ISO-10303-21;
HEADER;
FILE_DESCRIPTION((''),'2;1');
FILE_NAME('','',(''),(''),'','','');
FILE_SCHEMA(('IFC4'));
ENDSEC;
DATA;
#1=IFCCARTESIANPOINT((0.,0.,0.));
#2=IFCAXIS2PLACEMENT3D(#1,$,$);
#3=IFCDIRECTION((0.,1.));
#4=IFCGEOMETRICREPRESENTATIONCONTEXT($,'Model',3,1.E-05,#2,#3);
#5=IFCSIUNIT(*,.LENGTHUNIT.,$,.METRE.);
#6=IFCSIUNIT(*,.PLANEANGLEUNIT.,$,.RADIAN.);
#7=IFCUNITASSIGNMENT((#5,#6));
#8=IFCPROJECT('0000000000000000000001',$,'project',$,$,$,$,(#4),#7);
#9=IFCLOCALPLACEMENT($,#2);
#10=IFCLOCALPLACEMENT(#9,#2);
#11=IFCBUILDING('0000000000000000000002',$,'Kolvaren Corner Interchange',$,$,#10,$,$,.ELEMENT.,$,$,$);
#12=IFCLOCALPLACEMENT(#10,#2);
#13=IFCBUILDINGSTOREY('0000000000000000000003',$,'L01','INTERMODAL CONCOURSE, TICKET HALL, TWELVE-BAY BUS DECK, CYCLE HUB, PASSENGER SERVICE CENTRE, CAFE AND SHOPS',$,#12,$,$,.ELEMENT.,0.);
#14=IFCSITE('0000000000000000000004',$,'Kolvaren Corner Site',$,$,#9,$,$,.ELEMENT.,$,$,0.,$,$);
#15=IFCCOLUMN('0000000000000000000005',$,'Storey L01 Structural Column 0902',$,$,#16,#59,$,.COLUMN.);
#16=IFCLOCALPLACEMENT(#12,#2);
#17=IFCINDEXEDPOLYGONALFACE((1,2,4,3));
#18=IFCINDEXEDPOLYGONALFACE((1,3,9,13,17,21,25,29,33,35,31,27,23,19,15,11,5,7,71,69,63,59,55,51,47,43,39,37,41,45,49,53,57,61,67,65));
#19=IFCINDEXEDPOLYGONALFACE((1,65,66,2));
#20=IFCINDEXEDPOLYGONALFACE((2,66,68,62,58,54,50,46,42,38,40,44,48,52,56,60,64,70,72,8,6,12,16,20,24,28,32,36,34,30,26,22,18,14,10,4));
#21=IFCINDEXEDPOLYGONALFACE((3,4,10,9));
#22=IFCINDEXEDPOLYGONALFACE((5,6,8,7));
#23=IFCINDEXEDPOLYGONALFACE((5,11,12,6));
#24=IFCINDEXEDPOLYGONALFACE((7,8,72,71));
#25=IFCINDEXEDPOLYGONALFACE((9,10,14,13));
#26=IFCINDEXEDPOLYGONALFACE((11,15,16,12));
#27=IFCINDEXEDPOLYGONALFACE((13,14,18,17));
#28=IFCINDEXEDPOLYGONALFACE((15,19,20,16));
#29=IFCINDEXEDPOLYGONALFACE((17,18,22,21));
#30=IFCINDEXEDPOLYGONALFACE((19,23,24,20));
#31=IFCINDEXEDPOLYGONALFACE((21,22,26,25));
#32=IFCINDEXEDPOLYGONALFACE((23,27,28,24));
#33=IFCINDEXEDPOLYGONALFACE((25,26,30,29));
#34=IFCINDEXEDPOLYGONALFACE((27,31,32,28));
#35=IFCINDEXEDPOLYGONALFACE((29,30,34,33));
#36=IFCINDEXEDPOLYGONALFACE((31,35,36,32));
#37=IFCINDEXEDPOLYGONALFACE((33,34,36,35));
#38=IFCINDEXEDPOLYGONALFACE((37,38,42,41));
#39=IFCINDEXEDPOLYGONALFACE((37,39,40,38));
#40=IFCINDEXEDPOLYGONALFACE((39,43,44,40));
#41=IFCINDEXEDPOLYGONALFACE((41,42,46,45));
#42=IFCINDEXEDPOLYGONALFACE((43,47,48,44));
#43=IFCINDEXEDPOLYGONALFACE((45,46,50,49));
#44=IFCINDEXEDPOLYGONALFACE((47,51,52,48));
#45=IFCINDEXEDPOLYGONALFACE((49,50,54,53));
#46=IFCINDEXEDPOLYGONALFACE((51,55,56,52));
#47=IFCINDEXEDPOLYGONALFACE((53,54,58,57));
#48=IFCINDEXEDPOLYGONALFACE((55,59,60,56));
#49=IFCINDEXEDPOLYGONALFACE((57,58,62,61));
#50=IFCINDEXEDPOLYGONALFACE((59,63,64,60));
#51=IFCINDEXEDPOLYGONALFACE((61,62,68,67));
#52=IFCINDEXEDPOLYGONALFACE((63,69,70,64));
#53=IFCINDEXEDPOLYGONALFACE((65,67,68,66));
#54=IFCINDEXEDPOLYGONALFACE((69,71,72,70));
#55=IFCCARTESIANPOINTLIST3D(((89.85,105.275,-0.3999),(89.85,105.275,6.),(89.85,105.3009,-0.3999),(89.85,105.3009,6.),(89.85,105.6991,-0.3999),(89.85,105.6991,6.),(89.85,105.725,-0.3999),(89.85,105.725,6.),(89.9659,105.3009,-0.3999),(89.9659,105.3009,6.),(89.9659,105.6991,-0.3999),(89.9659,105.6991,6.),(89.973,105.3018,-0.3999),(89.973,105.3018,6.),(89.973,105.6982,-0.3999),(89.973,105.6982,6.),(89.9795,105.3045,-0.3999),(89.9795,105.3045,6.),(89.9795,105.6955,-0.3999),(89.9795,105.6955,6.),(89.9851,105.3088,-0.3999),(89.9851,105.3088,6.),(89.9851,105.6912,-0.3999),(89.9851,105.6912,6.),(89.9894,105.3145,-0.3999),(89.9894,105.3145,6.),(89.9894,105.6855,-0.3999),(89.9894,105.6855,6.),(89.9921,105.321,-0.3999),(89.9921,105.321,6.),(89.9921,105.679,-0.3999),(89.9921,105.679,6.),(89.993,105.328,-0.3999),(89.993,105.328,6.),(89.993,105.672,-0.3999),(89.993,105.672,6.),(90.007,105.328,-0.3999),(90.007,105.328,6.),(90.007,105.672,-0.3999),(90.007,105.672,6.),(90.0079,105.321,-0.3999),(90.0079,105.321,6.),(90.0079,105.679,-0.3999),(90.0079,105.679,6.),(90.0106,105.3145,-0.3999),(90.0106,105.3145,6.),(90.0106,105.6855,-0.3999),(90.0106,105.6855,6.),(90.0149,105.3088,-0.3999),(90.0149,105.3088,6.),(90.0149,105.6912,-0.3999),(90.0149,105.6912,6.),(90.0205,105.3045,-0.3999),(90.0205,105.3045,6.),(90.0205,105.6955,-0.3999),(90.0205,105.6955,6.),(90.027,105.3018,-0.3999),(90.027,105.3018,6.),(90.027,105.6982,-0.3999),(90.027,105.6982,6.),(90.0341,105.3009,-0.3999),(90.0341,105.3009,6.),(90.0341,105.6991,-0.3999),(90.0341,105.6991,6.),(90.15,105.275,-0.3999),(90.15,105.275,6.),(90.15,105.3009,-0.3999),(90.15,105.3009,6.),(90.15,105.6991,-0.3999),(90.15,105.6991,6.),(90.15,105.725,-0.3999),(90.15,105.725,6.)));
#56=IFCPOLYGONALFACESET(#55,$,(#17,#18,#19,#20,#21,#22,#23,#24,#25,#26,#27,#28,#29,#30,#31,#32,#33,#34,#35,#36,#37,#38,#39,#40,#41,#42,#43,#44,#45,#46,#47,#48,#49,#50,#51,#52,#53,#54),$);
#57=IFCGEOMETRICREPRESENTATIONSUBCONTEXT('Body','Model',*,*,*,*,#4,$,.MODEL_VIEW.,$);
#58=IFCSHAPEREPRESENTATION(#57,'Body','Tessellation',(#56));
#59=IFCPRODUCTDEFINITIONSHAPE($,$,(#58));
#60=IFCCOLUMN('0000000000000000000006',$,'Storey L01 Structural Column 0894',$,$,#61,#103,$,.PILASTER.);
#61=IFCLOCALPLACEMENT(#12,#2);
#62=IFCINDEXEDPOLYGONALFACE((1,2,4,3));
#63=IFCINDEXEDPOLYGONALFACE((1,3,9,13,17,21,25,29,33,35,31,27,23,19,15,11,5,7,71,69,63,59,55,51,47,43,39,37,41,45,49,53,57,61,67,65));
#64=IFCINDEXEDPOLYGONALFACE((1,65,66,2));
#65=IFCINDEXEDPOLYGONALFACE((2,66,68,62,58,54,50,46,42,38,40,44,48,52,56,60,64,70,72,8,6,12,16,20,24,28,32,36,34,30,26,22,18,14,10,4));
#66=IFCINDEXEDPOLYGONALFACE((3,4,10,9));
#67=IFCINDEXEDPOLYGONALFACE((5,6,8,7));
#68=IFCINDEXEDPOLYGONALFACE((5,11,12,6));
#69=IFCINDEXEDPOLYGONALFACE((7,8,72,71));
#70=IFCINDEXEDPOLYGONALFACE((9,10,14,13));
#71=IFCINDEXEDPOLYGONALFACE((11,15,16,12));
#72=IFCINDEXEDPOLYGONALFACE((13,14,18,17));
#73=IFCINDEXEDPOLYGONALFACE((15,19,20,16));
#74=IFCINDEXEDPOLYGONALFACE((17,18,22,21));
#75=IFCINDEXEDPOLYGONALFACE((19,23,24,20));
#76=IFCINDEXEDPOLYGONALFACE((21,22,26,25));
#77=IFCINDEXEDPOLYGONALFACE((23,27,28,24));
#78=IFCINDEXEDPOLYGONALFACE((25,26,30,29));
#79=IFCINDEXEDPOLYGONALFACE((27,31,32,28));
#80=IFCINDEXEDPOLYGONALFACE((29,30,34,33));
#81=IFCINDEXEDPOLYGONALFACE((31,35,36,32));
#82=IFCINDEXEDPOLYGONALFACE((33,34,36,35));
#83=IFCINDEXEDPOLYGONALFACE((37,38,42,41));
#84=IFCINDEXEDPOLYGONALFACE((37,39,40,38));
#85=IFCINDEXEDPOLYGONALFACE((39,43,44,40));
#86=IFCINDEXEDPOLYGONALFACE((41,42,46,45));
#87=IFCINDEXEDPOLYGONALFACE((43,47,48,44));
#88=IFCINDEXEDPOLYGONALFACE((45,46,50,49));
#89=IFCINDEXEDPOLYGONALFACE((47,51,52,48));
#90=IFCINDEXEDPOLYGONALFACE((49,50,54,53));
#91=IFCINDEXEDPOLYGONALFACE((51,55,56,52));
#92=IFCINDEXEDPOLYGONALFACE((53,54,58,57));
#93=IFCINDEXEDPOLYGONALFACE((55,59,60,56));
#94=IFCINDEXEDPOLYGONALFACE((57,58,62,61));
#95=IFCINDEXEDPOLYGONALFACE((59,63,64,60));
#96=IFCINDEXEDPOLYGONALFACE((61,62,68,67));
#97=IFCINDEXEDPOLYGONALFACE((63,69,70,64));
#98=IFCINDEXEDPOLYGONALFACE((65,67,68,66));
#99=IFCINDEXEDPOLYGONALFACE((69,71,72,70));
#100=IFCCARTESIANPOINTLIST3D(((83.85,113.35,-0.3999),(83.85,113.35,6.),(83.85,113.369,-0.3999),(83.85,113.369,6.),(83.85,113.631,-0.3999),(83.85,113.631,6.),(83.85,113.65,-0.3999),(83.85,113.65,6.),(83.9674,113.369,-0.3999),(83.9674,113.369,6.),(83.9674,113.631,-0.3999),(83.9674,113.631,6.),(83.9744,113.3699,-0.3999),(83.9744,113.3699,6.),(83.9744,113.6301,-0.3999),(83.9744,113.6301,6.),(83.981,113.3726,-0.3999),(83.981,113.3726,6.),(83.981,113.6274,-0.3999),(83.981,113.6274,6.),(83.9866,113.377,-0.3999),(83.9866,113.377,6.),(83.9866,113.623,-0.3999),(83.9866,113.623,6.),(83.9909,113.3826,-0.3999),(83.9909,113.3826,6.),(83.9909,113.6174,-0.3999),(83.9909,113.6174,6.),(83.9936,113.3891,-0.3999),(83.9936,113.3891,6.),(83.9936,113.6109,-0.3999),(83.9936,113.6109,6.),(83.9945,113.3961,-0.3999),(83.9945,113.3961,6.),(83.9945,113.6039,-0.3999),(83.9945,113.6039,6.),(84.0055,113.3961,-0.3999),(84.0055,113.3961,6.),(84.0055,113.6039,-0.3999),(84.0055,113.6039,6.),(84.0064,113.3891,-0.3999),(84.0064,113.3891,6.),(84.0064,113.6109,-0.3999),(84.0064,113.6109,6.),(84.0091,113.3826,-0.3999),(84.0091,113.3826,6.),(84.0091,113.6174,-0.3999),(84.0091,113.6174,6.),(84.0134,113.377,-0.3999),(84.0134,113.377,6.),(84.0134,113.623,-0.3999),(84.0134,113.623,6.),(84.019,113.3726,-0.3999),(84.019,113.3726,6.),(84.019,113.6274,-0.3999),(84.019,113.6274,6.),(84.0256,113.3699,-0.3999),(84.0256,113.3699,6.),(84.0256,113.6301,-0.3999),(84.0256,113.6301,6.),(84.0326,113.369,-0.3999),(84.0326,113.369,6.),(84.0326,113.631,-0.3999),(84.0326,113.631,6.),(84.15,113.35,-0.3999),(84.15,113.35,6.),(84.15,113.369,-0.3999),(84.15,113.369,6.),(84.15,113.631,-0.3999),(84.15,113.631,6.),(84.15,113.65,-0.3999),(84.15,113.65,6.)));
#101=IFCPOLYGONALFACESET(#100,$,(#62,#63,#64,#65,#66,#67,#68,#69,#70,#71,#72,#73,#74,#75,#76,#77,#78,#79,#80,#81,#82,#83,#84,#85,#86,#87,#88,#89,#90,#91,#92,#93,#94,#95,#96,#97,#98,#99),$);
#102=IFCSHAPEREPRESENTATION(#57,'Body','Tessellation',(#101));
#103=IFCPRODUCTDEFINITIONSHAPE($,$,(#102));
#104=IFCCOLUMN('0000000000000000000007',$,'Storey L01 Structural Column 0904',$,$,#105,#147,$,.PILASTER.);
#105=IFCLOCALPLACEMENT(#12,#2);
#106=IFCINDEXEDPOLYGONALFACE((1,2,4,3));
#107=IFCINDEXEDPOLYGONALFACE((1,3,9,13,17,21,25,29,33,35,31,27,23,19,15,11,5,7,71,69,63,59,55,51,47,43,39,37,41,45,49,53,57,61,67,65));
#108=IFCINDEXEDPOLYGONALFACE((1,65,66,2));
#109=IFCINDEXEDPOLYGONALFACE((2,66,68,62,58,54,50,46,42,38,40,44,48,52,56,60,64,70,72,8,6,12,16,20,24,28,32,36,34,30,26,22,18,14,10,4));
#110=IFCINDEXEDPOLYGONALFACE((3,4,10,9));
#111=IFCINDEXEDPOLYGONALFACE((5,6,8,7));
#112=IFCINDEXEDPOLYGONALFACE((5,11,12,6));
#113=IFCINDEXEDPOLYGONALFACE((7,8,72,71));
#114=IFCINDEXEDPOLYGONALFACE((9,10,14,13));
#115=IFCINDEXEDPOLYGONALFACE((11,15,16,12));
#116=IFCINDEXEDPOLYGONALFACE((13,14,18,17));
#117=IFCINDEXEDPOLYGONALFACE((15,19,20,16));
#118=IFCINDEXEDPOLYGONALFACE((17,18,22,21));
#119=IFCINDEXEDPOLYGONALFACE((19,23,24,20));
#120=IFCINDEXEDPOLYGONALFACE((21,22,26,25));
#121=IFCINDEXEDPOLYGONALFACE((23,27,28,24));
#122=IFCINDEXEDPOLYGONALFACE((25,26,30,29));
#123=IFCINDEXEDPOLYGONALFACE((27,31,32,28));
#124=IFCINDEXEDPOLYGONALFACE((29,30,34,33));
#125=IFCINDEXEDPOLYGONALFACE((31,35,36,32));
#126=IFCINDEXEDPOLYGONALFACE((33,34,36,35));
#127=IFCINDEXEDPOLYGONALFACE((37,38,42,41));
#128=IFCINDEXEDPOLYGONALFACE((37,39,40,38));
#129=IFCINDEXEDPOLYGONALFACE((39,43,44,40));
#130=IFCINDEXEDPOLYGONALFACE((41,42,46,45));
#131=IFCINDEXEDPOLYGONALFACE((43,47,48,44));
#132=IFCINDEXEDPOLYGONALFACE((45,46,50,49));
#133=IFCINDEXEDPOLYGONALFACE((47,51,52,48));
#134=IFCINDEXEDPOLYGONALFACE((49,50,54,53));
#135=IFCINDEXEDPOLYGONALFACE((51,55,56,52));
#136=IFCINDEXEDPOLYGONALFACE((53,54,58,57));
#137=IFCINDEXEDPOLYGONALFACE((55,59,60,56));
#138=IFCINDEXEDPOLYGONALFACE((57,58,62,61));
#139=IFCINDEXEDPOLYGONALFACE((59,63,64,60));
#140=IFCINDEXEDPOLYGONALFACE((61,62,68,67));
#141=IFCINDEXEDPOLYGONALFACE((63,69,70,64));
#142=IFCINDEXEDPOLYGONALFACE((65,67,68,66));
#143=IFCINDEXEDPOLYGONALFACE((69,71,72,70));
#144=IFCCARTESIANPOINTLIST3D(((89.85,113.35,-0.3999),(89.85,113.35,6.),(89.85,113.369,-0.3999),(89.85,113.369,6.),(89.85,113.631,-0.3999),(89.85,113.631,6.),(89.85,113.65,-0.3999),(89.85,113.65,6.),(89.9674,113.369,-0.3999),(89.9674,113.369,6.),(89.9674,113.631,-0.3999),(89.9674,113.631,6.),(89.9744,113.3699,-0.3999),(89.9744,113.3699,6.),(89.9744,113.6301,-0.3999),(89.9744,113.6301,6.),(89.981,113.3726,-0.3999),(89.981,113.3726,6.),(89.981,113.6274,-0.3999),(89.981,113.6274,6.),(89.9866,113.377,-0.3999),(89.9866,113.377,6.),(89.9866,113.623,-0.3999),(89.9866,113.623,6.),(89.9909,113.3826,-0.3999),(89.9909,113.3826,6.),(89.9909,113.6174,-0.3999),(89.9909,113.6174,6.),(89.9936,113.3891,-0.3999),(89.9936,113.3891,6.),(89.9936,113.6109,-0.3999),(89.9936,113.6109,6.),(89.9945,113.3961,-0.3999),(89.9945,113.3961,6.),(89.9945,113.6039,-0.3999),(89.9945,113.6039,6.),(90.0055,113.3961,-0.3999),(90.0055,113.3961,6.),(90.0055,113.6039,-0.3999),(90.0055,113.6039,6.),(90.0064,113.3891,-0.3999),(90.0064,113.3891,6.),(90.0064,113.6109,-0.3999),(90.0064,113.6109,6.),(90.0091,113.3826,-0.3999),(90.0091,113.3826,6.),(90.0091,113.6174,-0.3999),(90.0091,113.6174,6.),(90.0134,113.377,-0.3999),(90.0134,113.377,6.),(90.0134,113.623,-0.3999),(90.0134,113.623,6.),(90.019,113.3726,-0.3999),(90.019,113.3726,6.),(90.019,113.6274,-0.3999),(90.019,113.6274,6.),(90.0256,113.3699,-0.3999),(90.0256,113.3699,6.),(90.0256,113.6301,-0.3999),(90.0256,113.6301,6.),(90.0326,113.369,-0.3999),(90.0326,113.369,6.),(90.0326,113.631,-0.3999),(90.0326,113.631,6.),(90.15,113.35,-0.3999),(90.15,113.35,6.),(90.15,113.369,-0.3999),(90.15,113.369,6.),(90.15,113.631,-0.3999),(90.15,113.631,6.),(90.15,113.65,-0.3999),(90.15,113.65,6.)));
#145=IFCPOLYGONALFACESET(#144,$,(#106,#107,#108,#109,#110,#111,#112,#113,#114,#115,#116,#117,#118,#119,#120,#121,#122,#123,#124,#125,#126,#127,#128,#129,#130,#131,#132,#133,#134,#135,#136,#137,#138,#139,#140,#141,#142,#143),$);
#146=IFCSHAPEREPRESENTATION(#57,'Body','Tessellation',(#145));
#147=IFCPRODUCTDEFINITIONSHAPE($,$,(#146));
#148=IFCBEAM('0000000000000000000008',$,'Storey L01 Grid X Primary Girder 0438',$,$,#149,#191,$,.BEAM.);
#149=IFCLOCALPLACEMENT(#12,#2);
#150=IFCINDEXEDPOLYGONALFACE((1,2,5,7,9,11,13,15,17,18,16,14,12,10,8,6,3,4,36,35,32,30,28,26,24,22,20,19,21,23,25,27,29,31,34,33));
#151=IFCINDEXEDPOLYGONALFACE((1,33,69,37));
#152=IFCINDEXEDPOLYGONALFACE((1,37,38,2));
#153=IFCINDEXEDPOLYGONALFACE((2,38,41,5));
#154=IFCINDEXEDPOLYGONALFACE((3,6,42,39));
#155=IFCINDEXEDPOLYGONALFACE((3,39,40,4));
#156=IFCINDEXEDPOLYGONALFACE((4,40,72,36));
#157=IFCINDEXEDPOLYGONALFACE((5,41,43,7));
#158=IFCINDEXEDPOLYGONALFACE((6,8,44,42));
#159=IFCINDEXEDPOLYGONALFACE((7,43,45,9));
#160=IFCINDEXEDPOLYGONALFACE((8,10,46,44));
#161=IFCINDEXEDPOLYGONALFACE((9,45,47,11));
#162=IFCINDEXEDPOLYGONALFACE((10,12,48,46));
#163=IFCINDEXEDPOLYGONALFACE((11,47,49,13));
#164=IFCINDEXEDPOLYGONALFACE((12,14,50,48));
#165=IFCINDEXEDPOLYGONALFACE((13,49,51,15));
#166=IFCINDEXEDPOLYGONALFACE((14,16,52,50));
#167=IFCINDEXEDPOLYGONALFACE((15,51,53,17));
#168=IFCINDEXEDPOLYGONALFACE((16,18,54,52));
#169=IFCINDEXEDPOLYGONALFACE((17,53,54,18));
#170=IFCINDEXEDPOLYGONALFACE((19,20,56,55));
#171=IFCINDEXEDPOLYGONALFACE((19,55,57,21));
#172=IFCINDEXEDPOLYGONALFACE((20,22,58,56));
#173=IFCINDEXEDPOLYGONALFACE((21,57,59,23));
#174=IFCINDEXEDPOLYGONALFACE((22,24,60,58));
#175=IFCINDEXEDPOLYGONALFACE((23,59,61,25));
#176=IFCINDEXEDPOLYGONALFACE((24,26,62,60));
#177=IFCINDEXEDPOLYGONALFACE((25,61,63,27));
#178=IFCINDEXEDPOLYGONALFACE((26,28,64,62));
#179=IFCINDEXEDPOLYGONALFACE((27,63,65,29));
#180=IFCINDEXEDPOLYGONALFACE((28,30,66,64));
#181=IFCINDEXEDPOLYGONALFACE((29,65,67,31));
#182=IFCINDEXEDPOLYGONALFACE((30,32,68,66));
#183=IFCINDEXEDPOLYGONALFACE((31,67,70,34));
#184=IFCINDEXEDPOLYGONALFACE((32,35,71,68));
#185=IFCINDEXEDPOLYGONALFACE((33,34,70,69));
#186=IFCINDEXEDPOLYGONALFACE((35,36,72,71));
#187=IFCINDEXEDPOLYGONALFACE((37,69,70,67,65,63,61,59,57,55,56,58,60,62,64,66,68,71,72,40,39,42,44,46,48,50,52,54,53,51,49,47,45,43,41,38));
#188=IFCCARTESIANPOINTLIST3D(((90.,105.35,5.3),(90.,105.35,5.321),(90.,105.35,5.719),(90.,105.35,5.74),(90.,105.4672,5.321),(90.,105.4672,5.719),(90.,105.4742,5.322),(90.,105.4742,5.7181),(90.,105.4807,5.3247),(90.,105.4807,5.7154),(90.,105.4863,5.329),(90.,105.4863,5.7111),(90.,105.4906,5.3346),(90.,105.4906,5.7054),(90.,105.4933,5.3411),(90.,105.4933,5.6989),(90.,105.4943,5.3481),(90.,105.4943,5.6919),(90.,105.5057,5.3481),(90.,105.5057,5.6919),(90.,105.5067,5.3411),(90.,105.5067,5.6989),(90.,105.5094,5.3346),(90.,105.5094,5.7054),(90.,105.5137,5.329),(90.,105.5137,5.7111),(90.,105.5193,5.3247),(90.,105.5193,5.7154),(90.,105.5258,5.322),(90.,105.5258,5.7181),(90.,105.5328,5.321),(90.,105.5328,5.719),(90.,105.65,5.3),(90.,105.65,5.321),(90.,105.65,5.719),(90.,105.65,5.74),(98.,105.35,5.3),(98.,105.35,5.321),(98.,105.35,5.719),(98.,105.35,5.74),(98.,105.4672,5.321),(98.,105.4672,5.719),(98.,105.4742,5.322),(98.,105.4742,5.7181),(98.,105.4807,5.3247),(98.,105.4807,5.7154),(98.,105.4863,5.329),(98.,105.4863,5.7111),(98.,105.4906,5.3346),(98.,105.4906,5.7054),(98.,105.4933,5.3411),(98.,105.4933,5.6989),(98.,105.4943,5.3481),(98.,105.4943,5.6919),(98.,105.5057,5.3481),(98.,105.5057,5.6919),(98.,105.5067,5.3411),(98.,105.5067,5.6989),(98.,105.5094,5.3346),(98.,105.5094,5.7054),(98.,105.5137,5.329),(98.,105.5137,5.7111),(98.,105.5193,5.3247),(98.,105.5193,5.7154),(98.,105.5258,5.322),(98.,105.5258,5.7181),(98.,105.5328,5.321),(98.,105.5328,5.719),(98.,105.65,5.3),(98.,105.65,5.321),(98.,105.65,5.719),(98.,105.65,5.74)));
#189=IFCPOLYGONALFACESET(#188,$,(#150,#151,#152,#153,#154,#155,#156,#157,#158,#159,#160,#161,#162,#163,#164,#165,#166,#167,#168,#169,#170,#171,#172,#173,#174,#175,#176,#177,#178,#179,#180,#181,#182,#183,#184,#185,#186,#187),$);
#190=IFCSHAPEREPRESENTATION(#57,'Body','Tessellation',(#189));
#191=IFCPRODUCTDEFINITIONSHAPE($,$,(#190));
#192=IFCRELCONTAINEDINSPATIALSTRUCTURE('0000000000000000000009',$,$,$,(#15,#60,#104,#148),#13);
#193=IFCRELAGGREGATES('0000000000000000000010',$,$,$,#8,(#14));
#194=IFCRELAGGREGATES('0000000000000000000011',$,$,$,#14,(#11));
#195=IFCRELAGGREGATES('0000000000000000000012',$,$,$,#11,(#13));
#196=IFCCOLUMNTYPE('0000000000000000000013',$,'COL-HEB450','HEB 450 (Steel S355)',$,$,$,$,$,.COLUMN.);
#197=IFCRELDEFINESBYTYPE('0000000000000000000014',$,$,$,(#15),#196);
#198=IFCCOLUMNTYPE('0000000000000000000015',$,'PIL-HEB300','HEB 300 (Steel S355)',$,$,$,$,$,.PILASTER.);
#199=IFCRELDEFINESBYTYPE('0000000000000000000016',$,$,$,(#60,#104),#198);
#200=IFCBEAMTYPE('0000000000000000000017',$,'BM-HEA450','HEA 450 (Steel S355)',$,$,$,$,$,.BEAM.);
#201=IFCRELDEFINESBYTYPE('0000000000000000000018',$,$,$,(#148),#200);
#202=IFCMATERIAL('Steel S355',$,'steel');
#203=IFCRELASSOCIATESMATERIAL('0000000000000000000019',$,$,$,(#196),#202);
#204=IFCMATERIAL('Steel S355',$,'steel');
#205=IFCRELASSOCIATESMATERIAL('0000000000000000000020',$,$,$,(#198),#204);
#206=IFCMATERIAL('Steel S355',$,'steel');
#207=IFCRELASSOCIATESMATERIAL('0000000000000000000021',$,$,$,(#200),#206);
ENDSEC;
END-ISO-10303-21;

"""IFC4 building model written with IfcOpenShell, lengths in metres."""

from ifc_helpers import new_model, si_unit, direction, frame, origin, origin_2d, place, context, subcontext, project, spatial, i_section, extrude, material, material_profile, profile_set, type_object, element, save


model = new_model("IFC4")

# Units and contexts
model_context = context("Model", 3, precision=1e-05, world=origin(), true_north=direction((0.0, 1.0)))
body_context = subcontext(model_context, "Body", "Model", "MODEL_VIEW")
ifc_project = project(units=[si_unit("LENGTHUNIT", "METRE"), si_unit("PLANEANGLEUNIT", "RADIAN")], contexts=[model_context])

# Site, building, storey
site_placement = place(None, origin())
site = spatial("IfcSite", under=ifc_project, at=site_placement, Name="Kolvaren Corner Site", CompositionType="ELEMENT", RefElevation=0.0)
building_placement = place(site_placement, origin())
building = spatial("IfcBuilding", under=site, at=building_placement, Name="Kolvaren Corner Interchange", CompositionType="ELEMENT")
storey_placement = place(building_placement, origin())
storey = spatial("IfcBuildingStorey", under=building, at=storey_placement, Name="L01", Description="INTERMODAL CONCOURSE, TICKET HALL, TWELVE-BAY BUS DECK, CYCLE HUB, PASSENGER SERVICE CENTRE, CAFE AND SHOPS", CompositionType="ELEMENT", Elevation=0.0)

# Columns
ifc_material_1 = material(Name="Steel S355", Category="steel")
ifc_material_profile_1 = material_profile(ifc_material_1, i_section(OverallWidth=0.3, OverallDepth=0.45, WebThickness=0.0139, FlangeThickness=0.0259, FilletRadius=0.0271, at=origin_2d()), Name="HEB 450")
ifc_profile_set_1 = profile_set([ifc_material_profile_1], Name="Steel S355")
column_type_1 = type_object("IfcColumnType", Name="COL-HEB450", Description="HEB 450 (Steel S355)", PredefinedType="COLUMN", material=ifc_profile_set_1)
column_placement = place(storey_placement, frame((90.0, 105.5, -0.3999), z_axis=(0.0, 0.0, 1.0), x_axis=(1.0, 0.0, 0.0)))
element("IfcColumn", 1, at=column_placement, inside=storey, type_object=column_type_1, Name="Storey L01 Structural Column 0902", PredefinedType="COLUMN", context=body_context, shape_type="SweptSolid", body=[
    extrude(i_section(OverallWidth=0.3, OverallDepth=0.45, WebThickness=0.0139, FlangeThickness=0.0259, FilletRadius=0.0271, at=origin_2d()), origin(), (0.0, 0.0, 1.0), 6.3999),
])
ifc_material_2 = material(Name="Steel S355", Category="steel")
ifc_material_profile_2 = material_profile(ifc_material_2, i_section(OverallWidth=0.3, OverallDepth=0.3, WebThickness=0.011, FlangeThickness=0.019, FilletRadius=0.0271, at=origin_2d()), Name="HEB 300")
ifc_profile_set_2 = profile_set([ifc_material_profile_2], Name="Steel S355")
column_type_2 = type_object("IfcColumnType", Name="PIL-HEB300", Description="HEB 300 (Steel S355)", PredefinedType="PILASTER", material=ifc_profile_set_2)
for number, where, z_axis, x_axis, name in (
    (2, (84.0, 113.5, -0.3999), (0.0, 0.0, 1.0), (1.0, 0.0, 0.0), "Storey L01 Structural Column 0894"),
    (3, (90.0, 113.5, -0.3999), (0.0, 0.0, 1.0), (1.0, 0.0, 0.0), "Storey L01 Structural Column 0904"),
):
    element("IfcColumn", number, at=place(storey_placement, frame(where, z_axis=z_axis, x_axis=x_axis)), inside=storey, type_object=column_type_2, Name=name, PredefinedType="PILASTER", context=body_context, shape_type="SweptSolid", body=[
        extrude(i_section(OverallWidth=0.3, OverallDepth=0.3, WebThickness=0.011, FlangeThickness=0.019, FilletRadius=0.0271, at=origin_2d()), origin(), (0.0, 0.0, 1.0), 6.3999),
    ])

# Beam
ifc_material_3 = material(Name="Steel S355", Category="steel")
ifc_material_profile_3 = material_profile(ifc_material_3, i_section(OverallWidth=0.3, OverallDepth=0.4399, WebThickness=0.0115, FlangeThickness=0.021, FilletRadius=0.0271, at=origin_2d()), Name="HEA 450")
ifc_profile_set_3 = profile_set([ifc_material_profile_3], Name="Steel S355")
beam_type_1 = type_object("IfcBeamType", Name="BM-HEA450", Description="HEA 450 (Steel S355)", PredefinedType="BEAM", material=ifc_profile_set_3)
for number, where, z_axis, x_axis, name in (
    (4, (90.0, 105.5, 5.52), (1.0, 0.0, 0.0), (0.0, 1.0, 0.0), "Storey L01 Grid X Primary Girder 0438"),
):
    element("IfcBeam", number, at=place(storey_placement, frame(where, z_axis=z_axis, x_axis=x_axis)), inside=storey, type_object=beam_type_1, Name=name, PredefinedType="BEAM", context=body_context, shape_type="SweptSolid", body=[
        extrude(i_section(OverallWidth=0.3, OverallDepth=0.4399, WebThickness=0.0115, FlangeThickness=0.021, FilletRadius=0.0271, at=origin_2d()), origin(), (0.0, 0.0, 1.0), 8.0),
    ])

save(model, "model.ifc")
